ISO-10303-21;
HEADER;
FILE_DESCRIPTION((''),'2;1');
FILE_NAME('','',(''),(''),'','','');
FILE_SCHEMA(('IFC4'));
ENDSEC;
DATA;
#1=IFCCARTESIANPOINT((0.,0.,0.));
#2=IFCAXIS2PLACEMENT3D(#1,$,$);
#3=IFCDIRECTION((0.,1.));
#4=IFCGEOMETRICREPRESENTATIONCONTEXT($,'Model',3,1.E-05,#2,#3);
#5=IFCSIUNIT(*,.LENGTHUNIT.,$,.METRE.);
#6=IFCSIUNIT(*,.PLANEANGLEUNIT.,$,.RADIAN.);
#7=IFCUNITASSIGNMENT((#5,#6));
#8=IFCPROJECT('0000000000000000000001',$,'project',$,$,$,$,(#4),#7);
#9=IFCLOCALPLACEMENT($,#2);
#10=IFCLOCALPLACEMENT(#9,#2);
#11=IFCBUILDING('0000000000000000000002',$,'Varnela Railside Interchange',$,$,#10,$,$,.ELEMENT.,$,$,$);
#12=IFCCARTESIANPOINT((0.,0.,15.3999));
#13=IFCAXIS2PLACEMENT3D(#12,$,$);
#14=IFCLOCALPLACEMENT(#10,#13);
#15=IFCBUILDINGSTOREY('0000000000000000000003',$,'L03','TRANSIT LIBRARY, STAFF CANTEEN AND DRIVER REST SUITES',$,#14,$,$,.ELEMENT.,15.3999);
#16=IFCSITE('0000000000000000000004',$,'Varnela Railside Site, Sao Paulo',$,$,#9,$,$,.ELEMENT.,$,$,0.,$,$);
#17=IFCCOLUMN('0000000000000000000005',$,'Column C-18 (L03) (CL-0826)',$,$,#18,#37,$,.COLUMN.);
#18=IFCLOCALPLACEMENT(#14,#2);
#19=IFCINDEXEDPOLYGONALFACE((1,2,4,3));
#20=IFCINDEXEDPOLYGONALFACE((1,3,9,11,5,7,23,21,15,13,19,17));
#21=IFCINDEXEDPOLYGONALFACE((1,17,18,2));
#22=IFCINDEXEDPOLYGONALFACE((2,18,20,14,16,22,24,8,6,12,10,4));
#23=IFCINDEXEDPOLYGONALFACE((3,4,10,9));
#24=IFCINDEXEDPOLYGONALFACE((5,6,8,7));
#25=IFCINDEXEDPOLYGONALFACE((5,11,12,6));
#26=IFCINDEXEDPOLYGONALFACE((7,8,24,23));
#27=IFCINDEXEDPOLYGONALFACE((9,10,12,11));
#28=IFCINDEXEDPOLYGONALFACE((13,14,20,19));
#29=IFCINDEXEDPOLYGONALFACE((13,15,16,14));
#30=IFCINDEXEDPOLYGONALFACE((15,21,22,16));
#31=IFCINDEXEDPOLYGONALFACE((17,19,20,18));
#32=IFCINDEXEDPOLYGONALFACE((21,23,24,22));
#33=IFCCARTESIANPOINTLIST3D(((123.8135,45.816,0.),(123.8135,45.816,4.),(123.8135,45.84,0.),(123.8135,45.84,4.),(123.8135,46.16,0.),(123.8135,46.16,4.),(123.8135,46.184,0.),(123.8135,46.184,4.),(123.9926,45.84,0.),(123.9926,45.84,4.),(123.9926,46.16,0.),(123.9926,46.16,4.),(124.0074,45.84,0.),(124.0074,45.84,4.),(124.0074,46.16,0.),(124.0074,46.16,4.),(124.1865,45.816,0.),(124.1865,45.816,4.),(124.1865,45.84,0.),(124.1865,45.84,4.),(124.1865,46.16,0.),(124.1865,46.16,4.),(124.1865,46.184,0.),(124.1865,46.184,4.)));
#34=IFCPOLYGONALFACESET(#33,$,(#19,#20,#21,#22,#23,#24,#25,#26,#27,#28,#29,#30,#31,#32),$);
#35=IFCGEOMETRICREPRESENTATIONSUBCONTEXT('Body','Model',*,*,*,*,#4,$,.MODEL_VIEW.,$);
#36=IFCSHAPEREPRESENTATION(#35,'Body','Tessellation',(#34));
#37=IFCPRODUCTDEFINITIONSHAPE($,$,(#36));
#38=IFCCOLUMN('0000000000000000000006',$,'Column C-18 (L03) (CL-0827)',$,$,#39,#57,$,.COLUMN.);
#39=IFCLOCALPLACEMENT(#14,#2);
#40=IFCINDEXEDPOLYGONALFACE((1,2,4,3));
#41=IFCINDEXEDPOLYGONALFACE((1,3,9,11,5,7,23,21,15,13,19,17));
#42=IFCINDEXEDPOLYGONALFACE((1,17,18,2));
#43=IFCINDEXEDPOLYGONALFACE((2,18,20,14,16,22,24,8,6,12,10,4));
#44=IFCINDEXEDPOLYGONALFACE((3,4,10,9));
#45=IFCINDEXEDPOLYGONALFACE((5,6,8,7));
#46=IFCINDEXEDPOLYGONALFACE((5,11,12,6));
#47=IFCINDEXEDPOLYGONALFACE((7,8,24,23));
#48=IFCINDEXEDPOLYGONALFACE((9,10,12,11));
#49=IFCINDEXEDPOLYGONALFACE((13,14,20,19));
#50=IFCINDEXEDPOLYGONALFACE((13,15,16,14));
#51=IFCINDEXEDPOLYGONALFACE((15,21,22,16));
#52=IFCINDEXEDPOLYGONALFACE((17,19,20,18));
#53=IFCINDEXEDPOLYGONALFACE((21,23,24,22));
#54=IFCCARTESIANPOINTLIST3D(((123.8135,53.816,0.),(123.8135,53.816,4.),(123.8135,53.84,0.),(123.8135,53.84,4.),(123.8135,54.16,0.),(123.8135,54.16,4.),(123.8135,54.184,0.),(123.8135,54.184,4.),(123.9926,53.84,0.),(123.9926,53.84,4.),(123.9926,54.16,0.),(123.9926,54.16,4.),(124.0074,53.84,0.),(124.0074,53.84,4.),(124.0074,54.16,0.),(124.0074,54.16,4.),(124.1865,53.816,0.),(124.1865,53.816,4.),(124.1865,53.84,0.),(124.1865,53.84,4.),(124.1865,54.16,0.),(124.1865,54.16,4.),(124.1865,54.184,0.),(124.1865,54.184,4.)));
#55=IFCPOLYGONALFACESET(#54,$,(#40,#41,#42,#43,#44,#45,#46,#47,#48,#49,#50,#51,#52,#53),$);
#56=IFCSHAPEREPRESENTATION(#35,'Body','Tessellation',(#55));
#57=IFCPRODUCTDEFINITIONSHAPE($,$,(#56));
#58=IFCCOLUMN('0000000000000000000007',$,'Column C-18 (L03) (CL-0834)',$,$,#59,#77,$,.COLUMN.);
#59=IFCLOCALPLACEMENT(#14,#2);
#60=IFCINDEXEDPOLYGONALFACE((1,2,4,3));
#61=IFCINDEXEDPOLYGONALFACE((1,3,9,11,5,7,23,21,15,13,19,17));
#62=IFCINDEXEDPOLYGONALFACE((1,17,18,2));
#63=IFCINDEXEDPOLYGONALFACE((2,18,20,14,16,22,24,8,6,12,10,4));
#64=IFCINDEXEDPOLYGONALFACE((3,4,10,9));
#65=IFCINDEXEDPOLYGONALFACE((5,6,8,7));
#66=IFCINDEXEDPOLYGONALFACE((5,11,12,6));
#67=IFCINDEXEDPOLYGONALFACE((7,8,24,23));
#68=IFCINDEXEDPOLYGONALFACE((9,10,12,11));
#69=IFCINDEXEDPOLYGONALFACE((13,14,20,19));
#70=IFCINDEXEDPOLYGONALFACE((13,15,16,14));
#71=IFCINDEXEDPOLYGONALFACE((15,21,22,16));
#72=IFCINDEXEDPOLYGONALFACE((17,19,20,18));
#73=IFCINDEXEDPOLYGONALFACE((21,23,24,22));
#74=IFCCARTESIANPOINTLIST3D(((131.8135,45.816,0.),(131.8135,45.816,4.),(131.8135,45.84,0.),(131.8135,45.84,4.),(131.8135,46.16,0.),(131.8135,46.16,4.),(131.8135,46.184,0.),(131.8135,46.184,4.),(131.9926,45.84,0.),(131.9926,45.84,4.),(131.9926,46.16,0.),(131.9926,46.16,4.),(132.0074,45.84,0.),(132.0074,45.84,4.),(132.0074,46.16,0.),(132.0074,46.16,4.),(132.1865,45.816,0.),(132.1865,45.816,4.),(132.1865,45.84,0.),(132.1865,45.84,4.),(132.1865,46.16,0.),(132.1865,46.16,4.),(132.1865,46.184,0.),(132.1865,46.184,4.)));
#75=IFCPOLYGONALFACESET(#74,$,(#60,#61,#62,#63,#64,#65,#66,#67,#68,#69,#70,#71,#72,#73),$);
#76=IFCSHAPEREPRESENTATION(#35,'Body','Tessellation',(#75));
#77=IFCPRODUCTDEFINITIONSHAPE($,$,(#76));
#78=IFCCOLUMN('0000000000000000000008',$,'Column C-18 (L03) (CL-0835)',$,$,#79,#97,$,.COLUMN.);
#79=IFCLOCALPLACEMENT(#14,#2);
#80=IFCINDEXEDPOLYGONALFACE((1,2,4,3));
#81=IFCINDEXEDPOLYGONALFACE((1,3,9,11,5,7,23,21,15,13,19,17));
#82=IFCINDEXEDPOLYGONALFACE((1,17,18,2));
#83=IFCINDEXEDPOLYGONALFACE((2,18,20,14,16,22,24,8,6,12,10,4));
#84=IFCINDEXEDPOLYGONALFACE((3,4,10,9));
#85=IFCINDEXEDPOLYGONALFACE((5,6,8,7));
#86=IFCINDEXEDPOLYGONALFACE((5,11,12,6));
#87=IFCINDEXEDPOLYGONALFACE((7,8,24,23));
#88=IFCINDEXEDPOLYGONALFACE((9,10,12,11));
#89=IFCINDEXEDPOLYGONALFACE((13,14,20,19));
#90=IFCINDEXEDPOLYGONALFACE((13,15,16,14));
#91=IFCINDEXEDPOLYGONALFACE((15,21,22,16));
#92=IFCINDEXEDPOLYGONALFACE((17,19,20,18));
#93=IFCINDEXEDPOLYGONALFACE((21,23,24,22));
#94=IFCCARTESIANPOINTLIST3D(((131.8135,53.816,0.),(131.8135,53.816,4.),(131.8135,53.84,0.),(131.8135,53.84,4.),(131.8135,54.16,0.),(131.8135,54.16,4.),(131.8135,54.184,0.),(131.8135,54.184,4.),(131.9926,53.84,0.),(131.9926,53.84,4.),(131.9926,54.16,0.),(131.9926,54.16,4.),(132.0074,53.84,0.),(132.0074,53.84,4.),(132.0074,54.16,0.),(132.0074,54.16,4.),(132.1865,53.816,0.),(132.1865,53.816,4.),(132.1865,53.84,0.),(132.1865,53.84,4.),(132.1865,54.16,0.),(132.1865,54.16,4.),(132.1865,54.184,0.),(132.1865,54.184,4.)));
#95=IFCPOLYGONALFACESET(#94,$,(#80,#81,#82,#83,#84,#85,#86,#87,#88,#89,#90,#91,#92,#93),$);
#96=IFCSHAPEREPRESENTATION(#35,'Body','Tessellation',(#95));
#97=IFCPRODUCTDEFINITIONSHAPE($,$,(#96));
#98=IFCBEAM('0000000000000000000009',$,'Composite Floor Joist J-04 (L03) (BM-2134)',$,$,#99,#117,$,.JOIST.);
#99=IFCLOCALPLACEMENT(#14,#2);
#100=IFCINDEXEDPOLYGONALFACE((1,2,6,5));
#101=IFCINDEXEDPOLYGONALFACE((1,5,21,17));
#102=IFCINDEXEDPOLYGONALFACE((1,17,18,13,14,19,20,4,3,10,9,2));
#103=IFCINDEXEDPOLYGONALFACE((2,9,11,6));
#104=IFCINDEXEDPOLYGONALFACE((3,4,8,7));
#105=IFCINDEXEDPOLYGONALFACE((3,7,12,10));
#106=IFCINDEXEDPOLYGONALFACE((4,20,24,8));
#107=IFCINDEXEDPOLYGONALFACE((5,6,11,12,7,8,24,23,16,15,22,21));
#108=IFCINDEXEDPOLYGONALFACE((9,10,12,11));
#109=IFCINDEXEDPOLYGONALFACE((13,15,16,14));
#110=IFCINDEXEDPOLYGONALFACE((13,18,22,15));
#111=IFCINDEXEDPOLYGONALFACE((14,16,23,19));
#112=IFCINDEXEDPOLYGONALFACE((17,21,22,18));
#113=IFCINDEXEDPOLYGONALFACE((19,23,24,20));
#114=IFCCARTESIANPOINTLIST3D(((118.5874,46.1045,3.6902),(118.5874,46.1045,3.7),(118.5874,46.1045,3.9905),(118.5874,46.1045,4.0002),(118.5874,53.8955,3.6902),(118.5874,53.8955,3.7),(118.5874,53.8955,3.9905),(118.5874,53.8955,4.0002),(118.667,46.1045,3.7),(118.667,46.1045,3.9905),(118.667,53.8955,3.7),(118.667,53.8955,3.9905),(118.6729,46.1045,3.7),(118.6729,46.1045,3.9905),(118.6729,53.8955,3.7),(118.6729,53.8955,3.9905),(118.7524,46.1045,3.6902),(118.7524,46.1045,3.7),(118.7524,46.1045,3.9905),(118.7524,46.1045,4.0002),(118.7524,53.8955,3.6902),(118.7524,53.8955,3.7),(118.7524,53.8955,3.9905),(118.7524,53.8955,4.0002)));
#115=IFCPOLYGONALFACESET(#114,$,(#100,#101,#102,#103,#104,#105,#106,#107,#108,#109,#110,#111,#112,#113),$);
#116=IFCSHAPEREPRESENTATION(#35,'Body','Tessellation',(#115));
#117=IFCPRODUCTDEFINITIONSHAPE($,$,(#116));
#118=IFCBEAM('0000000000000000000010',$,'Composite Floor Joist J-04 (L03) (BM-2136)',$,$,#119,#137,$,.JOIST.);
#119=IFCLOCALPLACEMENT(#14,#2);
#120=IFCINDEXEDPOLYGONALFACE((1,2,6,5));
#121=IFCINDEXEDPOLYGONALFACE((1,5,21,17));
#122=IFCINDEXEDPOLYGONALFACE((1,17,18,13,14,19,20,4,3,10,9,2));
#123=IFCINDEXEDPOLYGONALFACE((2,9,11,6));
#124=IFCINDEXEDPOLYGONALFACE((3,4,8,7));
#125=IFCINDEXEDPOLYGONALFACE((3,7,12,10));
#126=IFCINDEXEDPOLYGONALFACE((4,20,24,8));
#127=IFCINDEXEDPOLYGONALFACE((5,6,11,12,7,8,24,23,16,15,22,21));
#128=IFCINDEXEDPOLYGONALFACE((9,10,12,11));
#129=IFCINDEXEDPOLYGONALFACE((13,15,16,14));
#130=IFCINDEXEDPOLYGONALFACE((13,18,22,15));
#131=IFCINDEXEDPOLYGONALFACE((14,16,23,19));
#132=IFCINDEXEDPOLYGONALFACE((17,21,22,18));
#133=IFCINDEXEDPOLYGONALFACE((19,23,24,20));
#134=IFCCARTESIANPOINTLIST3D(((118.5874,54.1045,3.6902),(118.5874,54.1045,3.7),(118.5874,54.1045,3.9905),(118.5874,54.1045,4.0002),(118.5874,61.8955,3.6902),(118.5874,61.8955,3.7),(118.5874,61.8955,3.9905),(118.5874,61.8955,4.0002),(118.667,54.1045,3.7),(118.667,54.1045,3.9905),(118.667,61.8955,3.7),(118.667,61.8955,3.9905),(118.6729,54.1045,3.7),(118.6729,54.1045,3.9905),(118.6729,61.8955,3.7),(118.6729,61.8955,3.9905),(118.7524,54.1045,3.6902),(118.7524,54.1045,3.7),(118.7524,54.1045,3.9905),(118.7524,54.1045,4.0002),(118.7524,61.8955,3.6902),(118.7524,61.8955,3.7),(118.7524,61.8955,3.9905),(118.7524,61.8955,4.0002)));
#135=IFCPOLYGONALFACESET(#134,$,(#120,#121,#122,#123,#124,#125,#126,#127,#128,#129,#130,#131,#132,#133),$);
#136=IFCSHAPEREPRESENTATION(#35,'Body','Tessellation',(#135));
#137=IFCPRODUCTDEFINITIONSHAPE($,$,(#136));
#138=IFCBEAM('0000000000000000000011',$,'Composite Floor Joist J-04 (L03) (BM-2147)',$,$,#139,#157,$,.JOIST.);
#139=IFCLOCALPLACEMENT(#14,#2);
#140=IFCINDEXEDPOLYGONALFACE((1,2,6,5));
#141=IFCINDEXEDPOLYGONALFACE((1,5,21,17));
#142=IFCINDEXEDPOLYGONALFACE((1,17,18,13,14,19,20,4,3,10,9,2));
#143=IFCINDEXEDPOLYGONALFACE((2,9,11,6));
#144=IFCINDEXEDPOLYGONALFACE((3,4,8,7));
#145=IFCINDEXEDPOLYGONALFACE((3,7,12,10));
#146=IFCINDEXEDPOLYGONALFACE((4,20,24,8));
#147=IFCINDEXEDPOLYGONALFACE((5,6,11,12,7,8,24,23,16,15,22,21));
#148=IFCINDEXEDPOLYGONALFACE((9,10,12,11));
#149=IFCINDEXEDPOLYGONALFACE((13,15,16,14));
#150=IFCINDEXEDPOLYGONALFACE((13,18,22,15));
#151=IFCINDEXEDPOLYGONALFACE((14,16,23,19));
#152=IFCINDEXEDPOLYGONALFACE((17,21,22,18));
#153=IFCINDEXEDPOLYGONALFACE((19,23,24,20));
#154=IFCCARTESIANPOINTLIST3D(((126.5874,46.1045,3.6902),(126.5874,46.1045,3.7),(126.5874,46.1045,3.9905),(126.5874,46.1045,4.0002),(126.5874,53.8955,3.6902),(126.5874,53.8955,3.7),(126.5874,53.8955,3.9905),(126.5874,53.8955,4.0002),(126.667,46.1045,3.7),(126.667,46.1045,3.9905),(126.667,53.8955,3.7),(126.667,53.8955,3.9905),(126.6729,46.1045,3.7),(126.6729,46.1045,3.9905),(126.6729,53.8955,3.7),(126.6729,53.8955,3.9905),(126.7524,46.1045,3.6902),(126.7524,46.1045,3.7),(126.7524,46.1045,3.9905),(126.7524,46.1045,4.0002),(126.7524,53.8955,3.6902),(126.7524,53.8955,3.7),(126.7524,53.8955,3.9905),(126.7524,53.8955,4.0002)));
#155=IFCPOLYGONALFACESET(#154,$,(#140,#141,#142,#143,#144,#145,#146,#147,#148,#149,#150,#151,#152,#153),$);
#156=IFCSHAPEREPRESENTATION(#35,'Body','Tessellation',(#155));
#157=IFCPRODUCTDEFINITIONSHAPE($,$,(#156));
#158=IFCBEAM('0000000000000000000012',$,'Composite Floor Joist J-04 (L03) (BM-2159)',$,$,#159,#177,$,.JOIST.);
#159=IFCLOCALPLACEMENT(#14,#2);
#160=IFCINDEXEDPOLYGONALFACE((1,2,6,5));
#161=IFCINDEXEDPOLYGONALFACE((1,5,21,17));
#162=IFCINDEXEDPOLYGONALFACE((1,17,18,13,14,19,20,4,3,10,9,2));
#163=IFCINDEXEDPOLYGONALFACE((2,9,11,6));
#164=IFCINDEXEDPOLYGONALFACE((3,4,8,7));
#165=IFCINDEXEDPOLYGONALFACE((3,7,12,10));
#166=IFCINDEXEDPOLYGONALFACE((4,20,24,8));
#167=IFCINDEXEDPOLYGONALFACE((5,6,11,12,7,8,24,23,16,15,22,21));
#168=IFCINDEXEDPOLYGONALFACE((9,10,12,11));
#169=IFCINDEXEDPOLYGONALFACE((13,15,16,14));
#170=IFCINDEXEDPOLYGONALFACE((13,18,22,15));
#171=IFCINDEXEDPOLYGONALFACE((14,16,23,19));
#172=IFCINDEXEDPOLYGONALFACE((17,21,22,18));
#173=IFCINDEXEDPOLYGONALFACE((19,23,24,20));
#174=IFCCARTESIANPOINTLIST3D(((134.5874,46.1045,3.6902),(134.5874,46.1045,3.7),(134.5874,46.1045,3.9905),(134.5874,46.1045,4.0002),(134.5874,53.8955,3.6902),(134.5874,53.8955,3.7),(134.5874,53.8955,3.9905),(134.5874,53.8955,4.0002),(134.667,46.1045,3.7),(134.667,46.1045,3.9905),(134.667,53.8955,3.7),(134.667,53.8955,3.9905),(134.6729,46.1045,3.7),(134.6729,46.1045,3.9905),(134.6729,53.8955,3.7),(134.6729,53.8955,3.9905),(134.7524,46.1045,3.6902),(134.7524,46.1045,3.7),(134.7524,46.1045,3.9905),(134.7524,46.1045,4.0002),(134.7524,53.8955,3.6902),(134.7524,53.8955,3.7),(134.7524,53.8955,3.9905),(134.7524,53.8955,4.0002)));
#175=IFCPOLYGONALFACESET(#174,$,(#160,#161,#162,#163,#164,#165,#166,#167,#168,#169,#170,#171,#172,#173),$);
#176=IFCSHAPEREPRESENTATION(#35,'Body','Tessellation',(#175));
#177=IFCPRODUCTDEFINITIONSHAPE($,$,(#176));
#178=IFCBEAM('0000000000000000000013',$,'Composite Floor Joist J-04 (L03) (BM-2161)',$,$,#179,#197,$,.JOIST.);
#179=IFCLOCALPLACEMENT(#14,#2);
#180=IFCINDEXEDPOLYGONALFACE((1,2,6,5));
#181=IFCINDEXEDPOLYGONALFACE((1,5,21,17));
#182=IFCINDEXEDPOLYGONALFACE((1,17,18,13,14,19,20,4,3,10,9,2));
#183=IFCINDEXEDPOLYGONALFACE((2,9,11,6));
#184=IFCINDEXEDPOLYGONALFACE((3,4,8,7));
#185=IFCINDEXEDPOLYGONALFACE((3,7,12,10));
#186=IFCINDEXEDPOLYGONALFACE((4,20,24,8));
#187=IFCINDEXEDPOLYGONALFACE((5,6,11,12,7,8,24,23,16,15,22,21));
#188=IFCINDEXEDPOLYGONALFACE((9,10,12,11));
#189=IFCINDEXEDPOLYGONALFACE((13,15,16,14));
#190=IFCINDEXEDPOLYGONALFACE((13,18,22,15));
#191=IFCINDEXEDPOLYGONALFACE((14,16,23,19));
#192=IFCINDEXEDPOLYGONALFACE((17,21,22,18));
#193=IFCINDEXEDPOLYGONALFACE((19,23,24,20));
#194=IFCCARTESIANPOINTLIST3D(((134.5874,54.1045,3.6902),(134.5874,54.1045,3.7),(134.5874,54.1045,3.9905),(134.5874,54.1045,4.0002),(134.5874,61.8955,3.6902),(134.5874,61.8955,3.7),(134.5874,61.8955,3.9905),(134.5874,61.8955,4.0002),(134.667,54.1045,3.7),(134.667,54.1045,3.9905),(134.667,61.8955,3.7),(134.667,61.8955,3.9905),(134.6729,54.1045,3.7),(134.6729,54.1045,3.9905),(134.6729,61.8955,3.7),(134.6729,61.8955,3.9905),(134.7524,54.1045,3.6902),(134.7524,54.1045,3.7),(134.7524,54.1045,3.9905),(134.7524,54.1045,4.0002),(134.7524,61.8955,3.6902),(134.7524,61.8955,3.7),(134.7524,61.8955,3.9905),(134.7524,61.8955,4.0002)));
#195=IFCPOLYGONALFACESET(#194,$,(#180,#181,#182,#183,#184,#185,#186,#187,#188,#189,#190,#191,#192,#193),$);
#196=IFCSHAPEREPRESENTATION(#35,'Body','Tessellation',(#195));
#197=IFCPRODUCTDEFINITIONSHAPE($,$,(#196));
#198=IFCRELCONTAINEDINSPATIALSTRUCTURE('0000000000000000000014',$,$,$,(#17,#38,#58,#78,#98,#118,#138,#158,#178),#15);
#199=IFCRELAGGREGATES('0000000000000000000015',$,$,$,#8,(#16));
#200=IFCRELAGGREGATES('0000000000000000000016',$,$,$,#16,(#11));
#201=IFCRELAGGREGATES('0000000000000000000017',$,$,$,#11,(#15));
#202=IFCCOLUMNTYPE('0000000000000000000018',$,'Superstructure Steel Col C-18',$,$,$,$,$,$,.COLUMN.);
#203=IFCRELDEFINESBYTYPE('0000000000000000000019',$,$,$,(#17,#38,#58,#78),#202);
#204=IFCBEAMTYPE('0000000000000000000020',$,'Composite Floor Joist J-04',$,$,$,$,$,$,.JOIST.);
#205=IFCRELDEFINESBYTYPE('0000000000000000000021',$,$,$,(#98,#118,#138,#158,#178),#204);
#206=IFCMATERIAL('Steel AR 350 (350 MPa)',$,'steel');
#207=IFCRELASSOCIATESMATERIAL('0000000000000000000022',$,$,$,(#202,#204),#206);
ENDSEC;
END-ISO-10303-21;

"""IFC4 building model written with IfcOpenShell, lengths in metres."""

from ifc_helpers import new_model, si_unit, direction, frame, origin, origin_2d, place, context, subcontext, project, spatial, i_section, extrude, material, material_profile, profile_set, type_object, element, save


model = new_model("IFC4")

# Units and contexts
model_context = context("Model", 3, precision=1e-05, world=origin(), true_north=direction((0.0, 1.0)))
body_context = subcontext(model_context, "Body", "Model", "MODEL_VIEW")
ifc_project = project(units=[si_unit("LENGTHUNIT", "METRE"), si_unit("PLANEANGLEUNIT", "RADIAN")], contexts=[model_context])

# Site, building, storey
site_placement = place(None, origin())
site = spatial("IfcSite", under=ifc_project, at=site_placement, Name="Varnela Railside Site, Sao Paulo", CompositionType="ELEMENT", RefElevation=0.0)
building_placement = place(site_placement, origin())
building = spatial("IfcBuilding", under=site, at=building_placement, Name="Varnela Railside Interchange", CompositionType="ELEMENT")
storey_placement = place(building_placement, frame((0.0, 0.0, 15.3999)))
storey = spatial("IfcBuildingStorey", under=building, at=storey_placement, Name="L03", Description="TRANSIT LIBRARY, STAFF CANTEEN AND DRIVER REST SUITES", CompositionType="ELEMENT", Elevation=15.3999)

# Columns
ifc_material_1 = material(Name="Steel AR 350 (350 MPa)", Category="steel")
ifc_material_profile_1 = material_profile(ifc_material_1, i_section(OverallWidth=0.373, OverallDepth=0.3679, WebThickness=0.0149, FlangeThickness=0.0239, at=origin_2d()), Name="W360x179")
ifc_profile_set_1 = profile_set([ifc_material_profile_1], Name="Steel AR 350 (350 MPa)")
column_type = type_object("IfcColumnType", Name="Superstructure Steel Col C-18", PredefinedType="COLUMN", material=ifc_profile_set_1)
for number, where, z_axis, x_axis, name in (
    (1, (124.0, 46.0, 0.0), (0.0, 0.0, 1.0), (1.0, 0.0, 0.0), "Column C-18 (L03) (CL-0826)"),
    (2, (124.0, 54.0, 0.0), (0.0, 0.0, 1.0), (1.0, 0.0, 0.0), "Column C-18 (L03) (CL-0827)"),
    (3, (132.0, 46.0, 0.0), (0.0, 0.0, 1.0), (1.0, 0.0, 0.0), "Column C-18 (L03) (CL-0834)"),
    (4, (132.0, 54.0, 0.0), (0.0, 0.0, 1.0), (1.0, 0.0, 0.0), "Column C-18 (L03) (CL-0835)"),
):
    element("IfcColumn", number, at=place(storey_placement, frame(where, z_axis=z_axis, x_axis=x_axis)), inside=storey, type_object=column_type, Name=name, PredefinedType="COLUMN", context=body_context, shape_type="SweptSolid", body=[
        extrude(i_section(OverallWidth=0.373, OverallDepth=0.3679, WebThickness=0.0149, FlangeThickness=0.0239, at=origin_2d()), origin(), (0.0, 0.0, 1.0), 4.0),
    ])

# Beams
ifc_material_profile_2 = material_profile(ifc_material_1, i_section(OverallWidth=0.165, OverallDepth=0.3101, WebThickness=0.0059, FlangeThickness=0.0098, at=origin_2d()), Name="W310x38.7")
ifc_profile_set_2 = profile_set([ifc_material_profile_2], Name="Steel AR 350 (350 MPa)")
beam_type_1 = type_object("IfcBeamType", Name="Composite Floor Joist J-04", PredefinedType="JOIST", material=ifc_profile_set_2)
for number, where, z_axis, x_axis, name in (
    (5, (118.6699, 46.1045, 3.8452), (0.0, 1.0, 0.0), (-1.0, 0.0, 0.0), "Composite Floor Joist J-04 (L03) (BM-2134)"),
    (6, (118.6699, 54.1045, 3.8452), (0.0, 1.0, 0.0), (-1.0, 0.0, 0.0), "Composite Floor Joist J-04 (L03) (BM-2136)"),
    (7, (126.6699, 46.1045, 3.8452), (0.0, 1.0, 0.0), (-1.0, 0.0, 0.0), "Composite Floor Joist J-04 (L03) (BM-2147)"),
    (8, (134.6699, 46.1045, 3.8452), (0.0, 1.0, 0.0), (-1.0, 0.0, 0.0), "Composite Floor Joist J-04 (L03) (BM-2159)"),
    (9, (134.6699, 54.1045, 3.8452), (0.0, 1.0, 0.0), (-1.0, 0.0, 0.0), "Composite Floor Joist J-04 (L03) (BM-2161)"),
):
    element("IfcBeam", number, at=place(storey_placement, frame(where, z_axis=z_axis, x_axis=x_axis)), inside=storey, type_object=beam_type_1, Name=name, PredefinedType="JOIST", context=body_context, shape_type="SweptSolid", body=[
        extrude(i_section(OverallWidth=0.165, OverallDepth=0.3101, WebThickness=0.0059, FlangeThickness=0.0098, at=origin_2d()), origin(), (0.0, 0.0, 1.0), 7.791),
    ])

save(model, "model.ifc")
